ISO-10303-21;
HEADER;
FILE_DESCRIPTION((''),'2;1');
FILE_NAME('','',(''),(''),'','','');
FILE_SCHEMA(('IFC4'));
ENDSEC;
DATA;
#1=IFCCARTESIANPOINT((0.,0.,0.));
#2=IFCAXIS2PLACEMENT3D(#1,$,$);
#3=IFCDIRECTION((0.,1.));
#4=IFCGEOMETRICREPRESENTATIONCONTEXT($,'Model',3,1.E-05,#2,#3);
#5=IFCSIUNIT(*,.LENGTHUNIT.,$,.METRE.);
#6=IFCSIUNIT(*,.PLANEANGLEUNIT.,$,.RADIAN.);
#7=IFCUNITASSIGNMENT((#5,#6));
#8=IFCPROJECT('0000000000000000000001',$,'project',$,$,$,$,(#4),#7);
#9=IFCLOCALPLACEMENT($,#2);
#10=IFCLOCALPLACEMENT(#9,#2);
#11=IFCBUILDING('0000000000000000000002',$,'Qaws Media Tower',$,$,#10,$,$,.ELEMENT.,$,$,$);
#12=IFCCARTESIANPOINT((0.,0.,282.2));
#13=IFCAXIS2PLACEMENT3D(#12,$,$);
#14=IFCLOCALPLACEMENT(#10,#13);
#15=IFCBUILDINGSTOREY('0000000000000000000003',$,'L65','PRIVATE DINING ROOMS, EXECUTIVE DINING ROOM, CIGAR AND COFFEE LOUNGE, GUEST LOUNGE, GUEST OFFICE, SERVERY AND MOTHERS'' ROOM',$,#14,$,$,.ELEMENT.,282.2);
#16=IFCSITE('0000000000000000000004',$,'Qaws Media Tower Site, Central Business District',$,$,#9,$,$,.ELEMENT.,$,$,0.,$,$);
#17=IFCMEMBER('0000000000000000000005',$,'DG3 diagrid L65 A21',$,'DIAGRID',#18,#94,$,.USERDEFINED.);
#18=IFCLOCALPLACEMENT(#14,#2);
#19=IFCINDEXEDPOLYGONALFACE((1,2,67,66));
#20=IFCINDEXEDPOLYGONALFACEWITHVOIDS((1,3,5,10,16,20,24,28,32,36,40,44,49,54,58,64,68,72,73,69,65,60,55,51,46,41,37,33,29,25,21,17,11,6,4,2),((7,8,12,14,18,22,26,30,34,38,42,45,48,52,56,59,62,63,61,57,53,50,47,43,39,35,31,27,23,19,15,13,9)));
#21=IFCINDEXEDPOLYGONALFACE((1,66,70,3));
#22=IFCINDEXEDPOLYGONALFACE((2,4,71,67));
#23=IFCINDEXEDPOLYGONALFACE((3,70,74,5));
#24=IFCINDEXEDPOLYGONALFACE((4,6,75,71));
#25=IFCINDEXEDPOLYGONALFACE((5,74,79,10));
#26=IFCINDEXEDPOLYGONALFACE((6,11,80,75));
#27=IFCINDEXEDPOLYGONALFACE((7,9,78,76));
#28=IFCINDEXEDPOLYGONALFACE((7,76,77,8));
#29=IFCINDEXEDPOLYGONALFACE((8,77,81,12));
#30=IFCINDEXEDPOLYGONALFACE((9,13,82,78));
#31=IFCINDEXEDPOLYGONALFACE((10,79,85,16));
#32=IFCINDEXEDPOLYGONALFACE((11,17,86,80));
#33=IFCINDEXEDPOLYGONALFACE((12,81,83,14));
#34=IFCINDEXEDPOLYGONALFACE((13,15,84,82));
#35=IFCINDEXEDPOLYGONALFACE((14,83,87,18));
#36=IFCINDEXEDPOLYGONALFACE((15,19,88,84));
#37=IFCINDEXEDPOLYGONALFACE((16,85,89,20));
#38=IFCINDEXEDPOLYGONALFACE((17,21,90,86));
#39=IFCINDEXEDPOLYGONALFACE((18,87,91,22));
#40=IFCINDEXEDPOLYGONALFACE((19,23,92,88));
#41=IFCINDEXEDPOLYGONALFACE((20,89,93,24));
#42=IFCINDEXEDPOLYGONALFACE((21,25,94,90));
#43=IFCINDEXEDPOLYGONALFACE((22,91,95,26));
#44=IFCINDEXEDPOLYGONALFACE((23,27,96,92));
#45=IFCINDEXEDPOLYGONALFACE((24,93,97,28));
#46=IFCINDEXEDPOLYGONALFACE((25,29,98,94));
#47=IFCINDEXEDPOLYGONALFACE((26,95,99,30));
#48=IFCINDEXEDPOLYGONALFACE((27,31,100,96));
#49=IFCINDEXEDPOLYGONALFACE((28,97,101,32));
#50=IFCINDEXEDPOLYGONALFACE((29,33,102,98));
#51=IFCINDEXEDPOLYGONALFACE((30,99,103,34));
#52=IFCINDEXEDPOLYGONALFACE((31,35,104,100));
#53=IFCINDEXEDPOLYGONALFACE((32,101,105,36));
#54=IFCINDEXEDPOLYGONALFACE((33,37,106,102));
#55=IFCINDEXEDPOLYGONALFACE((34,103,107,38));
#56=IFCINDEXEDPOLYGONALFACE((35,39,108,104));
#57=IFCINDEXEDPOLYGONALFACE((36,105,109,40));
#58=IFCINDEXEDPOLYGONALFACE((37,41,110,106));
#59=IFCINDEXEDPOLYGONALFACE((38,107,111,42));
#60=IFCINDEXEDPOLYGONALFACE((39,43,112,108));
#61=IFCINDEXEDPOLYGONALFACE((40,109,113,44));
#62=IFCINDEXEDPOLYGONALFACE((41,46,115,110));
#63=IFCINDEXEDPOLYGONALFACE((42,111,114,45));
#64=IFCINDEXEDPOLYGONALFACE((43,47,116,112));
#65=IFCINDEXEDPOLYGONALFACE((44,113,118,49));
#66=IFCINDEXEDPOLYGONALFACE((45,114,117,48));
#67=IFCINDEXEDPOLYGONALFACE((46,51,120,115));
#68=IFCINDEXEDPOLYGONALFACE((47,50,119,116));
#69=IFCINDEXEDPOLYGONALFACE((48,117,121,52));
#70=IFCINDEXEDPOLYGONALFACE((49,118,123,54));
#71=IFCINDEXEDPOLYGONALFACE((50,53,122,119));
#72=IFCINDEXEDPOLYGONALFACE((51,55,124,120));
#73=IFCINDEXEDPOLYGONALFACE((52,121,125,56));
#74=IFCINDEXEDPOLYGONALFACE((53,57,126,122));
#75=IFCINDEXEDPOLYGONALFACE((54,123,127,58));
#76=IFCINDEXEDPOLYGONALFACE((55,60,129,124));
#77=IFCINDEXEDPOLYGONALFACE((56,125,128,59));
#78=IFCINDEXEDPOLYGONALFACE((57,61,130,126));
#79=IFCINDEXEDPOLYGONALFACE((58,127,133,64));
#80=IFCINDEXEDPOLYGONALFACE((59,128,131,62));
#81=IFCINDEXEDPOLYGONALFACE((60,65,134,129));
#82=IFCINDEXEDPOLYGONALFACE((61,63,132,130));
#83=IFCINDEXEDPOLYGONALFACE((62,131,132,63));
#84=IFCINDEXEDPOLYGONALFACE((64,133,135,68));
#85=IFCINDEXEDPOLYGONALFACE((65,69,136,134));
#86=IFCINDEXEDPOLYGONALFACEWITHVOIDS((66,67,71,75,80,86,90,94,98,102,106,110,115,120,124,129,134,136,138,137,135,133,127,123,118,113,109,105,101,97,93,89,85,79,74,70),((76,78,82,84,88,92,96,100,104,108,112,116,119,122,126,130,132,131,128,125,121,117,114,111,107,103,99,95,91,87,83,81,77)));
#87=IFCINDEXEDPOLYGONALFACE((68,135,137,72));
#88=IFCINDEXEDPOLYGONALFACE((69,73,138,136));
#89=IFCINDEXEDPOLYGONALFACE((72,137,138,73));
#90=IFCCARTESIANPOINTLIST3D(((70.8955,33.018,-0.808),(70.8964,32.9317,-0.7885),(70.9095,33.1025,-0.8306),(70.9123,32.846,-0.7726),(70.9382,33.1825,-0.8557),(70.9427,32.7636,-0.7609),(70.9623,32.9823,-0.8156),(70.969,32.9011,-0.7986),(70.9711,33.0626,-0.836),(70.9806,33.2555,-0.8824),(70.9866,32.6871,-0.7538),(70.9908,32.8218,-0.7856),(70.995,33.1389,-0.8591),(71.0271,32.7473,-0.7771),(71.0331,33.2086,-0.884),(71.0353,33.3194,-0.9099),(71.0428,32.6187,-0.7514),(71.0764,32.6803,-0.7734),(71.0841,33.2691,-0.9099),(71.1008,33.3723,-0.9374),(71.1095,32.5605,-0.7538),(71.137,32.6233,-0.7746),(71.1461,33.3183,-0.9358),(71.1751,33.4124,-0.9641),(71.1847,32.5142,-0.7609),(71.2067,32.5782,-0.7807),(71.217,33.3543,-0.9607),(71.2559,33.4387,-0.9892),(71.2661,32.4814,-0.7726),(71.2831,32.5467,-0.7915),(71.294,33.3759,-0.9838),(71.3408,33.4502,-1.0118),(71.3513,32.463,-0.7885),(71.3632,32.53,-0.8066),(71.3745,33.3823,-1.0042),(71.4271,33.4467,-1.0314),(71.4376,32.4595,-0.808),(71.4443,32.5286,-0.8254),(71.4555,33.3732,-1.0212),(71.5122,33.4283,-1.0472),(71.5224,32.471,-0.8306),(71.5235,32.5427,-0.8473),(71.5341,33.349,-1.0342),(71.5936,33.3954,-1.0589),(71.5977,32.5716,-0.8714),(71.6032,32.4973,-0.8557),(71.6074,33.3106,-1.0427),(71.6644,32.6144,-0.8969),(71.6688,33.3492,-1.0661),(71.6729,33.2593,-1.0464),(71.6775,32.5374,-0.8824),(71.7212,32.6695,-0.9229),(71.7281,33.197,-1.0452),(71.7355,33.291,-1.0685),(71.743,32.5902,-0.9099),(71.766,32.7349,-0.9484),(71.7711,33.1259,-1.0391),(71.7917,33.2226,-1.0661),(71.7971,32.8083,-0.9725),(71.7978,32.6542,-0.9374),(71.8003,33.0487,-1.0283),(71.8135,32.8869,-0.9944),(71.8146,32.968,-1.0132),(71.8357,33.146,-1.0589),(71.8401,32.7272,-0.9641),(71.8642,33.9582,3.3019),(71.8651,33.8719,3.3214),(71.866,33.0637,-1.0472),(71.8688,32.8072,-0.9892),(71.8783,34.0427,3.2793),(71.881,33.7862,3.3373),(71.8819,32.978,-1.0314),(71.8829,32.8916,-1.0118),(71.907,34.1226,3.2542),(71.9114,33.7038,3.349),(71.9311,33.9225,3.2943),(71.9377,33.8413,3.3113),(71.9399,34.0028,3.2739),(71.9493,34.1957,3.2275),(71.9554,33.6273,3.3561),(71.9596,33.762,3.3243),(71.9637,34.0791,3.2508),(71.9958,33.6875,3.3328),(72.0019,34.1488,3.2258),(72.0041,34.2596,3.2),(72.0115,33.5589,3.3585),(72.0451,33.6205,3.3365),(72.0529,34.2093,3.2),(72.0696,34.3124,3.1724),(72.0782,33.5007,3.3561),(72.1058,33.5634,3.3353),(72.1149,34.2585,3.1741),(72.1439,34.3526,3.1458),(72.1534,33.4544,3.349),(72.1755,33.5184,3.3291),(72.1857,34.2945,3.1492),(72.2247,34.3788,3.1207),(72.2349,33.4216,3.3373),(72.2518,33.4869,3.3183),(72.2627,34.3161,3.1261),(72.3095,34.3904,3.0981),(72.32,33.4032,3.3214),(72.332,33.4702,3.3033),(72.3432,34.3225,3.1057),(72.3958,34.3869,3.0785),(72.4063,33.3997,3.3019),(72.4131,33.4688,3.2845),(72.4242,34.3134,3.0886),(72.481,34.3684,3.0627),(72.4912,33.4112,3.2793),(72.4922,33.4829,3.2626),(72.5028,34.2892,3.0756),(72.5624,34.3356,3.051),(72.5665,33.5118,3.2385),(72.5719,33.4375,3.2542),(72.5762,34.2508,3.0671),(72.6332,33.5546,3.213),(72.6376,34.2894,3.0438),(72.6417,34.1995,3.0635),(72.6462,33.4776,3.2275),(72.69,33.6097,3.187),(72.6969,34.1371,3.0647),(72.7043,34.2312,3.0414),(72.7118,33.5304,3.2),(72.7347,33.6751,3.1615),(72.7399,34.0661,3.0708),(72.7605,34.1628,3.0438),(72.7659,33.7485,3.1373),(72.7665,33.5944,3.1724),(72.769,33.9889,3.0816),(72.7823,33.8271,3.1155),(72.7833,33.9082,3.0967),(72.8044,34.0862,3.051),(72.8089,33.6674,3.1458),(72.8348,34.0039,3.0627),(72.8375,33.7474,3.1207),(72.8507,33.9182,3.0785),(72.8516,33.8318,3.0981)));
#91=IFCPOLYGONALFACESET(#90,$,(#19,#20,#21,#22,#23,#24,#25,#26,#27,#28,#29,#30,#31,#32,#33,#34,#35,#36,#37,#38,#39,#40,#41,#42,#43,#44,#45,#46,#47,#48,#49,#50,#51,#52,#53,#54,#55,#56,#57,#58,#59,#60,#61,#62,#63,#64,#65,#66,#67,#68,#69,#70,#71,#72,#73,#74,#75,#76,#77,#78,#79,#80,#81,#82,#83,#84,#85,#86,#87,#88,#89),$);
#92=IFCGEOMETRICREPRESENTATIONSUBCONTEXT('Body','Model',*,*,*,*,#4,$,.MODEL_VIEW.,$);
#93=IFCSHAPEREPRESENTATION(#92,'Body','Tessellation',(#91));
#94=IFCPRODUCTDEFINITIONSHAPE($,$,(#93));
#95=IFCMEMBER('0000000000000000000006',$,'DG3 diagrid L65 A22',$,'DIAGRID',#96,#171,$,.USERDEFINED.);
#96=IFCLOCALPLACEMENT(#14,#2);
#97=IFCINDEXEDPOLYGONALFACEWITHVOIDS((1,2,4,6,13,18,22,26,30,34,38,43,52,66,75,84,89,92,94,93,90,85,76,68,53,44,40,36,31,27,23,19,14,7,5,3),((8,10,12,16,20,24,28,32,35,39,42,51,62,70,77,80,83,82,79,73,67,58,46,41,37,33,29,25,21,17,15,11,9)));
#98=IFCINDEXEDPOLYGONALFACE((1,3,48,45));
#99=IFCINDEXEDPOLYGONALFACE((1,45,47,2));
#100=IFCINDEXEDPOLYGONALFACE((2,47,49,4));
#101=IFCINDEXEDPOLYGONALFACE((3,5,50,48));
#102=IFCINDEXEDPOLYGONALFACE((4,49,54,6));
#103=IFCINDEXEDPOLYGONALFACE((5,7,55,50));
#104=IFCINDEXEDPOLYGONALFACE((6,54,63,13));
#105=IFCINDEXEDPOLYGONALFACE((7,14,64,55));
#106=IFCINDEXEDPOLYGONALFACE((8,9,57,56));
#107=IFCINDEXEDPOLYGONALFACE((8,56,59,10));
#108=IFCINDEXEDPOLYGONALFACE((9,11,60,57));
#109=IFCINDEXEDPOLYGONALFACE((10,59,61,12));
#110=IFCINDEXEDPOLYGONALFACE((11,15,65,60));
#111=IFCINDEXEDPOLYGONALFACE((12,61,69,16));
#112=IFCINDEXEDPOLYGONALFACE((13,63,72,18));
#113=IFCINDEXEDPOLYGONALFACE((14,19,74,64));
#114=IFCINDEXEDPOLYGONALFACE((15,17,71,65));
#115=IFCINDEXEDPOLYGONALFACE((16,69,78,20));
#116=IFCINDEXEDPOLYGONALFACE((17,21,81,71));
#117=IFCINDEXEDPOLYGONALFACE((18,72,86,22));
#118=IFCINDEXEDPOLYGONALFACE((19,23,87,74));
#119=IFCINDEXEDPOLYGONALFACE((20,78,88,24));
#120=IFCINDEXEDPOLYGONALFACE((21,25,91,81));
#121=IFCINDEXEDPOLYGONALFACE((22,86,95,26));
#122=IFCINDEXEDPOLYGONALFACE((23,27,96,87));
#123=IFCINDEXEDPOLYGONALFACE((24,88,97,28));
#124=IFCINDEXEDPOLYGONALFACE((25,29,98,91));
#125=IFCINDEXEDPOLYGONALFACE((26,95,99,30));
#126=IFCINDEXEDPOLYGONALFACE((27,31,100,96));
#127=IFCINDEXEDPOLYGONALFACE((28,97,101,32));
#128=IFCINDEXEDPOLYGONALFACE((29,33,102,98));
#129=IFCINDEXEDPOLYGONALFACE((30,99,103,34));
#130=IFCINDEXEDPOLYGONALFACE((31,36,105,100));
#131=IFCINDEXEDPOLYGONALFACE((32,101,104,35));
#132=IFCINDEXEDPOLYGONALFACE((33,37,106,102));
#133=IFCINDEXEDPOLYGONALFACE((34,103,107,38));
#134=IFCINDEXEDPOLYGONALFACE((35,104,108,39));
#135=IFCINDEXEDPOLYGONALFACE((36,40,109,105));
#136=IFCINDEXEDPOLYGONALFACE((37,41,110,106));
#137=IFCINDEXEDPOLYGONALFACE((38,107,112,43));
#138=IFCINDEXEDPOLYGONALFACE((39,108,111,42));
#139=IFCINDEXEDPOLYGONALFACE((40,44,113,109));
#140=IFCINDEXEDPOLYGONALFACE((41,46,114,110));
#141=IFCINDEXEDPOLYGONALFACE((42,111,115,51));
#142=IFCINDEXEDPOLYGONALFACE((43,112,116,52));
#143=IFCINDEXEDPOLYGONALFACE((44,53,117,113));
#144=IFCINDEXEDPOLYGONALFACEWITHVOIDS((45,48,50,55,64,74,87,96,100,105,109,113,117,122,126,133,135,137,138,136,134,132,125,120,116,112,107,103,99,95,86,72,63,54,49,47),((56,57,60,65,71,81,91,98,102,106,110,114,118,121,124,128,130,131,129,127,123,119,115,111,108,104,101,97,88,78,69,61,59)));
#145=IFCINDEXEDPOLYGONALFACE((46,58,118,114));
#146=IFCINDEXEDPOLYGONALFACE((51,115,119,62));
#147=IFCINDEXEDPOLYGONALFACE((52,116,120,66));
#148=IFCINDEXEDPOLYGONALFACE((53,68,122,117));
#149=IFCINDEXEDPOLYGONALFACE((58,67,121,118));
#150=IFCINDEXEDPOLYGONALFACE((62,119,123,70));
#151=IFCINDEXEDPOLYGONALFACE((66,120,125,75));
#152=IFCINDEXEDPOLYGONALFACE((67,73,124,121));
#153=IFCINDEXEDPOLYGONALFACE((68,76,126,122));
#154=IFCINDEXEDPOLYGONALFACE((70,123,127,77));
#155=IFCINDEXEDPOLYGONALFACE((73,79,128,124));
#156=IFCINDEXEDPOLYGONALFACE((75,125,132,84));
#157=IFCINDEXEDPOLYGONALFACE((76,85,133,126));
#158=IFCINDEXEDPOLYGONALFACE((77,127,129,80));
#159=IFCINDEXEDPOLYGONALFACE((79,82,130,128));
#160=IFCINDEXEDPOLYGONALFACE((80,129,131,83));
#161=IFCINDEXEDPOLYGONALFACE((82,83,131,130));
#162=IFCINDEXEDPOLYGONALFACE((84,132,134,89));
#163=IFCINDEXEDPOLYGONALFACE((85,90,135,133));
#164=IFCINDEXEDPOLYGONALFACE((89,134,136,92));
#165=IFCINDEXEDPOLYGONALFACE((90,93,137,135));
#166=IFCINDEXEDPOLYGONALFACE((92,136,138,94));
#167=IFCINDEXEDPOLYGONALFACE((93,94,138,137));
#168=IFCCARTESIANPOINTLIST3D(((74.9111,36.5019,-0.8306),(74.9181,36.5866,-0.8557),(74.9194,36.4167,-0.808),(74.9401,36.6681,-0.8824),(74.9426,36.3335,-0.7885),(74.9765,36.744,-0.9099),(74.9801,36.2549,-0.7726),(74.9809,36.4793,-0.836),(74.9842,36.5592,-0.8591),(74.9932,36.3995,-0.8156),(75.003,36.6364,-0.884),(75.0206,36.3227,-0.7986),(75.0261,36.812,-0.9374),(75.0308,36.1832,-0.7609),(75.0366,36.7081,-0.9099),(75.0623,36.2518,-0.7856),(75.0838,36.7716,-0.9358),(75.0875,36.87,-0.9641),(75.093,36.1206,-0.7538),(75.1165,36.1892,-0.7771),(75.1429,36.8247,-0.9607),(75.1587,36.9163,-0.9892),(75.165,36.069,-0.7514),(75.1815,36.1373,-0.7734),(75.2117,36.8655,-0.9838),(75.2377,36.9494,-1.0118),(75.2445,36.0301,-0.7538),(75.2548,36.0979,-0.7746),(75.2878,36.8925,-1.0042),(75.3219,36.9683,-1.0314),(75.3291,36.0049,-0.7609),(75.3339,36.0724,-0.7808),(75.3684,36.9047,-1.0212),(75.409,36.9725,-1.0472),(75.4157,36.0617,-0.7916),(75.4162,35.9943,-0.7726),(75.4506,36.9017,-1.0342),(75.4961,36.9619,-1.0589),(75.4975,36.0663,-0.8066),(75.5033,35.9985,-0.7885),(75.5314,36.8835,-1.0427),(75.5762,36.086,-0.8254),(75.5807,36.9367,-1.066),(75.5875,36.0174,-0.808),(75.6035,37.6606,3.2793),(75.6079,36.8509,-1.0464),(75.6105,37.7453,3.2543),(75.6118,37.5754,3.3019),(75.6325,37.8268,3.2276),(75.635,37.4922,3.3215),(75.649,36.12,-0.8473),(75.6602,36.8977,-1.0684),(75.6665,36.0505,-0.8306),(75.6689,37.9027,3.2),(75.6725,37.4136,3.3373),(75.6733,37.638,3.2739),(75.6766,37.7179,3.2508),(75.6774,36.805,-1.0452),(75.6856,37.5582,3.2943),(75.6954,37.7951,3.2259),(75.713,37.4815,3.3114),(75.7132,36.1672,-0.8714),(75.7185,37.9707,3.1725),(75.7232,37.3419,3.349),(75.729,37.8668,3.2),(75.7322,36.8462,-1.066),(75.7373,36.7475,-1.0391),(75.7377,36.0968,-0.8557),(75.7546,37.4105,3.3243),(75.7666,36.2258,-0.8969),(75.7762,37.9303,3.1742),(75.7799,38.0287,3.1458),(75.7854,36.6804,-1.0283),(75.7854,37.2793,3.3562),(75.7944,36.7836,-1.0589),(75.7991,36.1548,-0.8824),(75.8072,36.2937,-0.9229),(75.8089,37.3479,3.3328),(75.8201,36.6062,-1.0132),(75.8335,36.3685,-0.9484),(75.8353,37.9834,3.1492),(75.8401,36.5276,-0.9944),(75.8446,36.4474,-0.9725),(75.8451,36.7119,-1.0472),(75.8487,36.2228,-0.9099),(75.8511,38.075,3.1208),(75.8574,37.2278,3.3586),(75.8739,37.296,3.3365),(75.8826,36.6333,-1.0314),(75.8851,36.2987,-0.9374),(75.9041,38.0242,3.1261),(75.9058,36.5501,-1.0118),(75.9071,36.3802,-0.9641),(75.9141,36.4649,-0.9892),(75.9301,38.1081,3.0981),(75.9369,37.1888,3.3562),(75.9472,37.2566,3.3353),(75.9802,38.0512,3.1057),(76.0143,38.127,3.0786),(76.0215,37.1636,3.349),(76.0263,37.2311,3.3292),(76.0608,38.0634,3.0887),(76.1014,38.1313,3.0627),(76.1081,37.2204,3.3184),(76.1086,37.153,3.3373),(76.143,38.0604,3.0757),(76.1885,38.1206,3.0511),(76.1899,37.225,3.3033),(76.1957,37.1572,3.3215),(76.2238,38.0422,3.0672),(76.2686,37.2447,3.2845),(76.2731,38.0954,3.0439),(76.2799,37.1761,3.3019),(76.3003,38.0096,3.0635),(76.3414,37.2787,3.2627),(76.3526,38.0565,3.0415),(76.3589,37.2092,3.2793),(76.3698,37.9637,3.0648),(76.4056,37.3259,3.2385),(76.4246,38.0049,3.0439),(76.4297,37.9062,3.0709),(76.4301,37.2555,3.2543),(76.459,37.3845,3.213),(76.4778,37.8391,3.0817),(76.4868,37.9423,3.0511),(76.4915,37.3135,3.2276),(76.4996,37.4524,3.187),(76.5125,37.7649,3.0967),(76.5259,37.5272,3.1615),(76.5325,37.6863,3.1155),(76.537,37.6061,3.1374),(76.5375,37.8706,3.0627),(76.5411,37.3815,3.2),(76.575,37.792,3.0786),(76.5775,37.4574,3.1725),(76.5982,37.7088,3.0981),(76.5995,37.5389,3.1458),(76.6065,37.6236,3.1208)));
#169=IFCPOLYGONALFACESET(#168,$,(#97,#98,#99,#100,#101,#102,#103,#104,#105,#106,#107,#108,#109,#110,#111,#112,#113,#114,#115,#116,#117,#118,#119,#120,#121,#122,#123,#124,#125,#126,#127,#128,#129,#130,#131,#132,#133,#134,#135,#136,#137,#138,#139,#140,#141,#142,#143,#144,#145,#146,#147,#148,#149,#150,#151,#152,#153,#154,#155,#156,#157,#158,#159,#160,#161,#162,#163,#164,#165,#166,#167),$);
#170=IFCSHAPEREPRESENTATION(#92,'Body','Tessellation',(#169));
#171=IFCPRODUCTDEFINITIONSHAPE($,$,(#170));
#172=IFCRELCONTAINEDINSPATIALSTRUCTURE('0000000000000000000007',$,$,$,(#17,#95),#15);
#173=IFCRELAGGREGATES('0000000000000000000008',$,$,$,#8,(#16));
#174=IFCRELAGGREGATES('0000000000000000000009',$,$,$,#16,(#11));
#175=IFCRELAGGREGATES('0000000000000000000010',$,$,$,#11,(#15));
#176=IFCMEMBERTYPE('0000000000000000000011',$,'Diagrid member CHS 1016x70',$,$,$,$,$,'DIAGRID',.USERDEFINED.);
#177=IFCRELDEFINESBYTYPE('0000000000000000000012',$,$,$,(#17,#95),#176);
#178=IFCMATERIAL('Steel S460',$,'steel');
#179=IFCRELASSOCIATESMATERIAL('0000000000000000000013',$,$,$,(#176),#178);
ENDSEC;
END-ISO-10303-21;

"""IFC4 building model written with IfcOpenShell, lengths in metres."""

from ifc_helpers import new_model, si_unit, direction, frame, origin, origin_2d, place, context, subcontext, project, spatial, hollow_circle, extrude, material, material_profile, profile_set, type_object, element, save


model = new_model("IFC4")

# Units and contexts
model_context = context("Model", 3, precision=1e-05, world=origin(), true_north=direction((0.0, 1.0)))
body_context = subcontext(model_context, "Body", "Model", "MODEL_VIEW")
ifc_project = project(units=[si_unit("LENGTHUNIT", "METRE"), si_unit("PLANEANGLEUNIT", "RADIAN")], contexts=[model_context])

# Site, building, storey
site_placement = place(None, origin())
site = spatial("IfcSite", under=ifc_project, at=site_placement, Name="Qaws Media Tower Site, Central Business District", CompositionType="ELEMENT", RefElevation=0.0)
building_placement = place(site_placement, origin())
building = spatial("IfcBuilding", under=site, at=building_placement, Name="Qaws Media Tower", CompositionType="ELEMENT")
storey_placement = place(building_placement, frame((0.0, 0.0, 282.2)))
storey = spatial("IfcBuildingStorey", under=building, at=storey_placement, Name="L65", Description="PRIVATE DINING ROOMS, EXECUTIVE DINING ROOM, CIGAR AND COFFEE LOUNGE, GUEST LOUNGE, GUEST OFFICE, SERVERY AND MOTHERS' ROOM", CompositionType="ELEMENT", Elevation=282.2)

# Members
ifc_material_1 = material(Name="Steel S460", Category="steel")
ifc_material_profile_1 = material_profile(ifc_material_1, hollow_circle(Radius=0.5081, WallThickness=0.0701, at=origin_2d()), Name="CHS 1016x70")
ifc_profile_set_1 = profile_set([ifc_material_profile_1], Name="Steel S460")
member_type_1 = type_object("IfcMemberType", Name="Diagrid member CHS 1016x70", ElementType="DIAGRID", PredefinedType="USERDEFINED", material=ifc_profile_set_1)
for number, where, z_axis, x_axis, name in (
    (1, (71.3892, 32.9548, -0.9099), (0.223942, 0.217339, 0.95006), (-0.696448, 0.717607, 0.0), "DG3 diagrid L65 A21"),
    (2, (75.4126, 36.4834, -0.9099), (0.160057, 0.267853, 0.950072), (-0.858417, 0.512952, 0.0), "DG3 diagrid L65 A22"),
):
    element("IfcMember", number, at=place(storey_placement, frame(where, z_axis=z_axis, x_axis=x_axis)), inside=storey, type_object=member_type_1, Name=name, ObjectType="DIAGRID", PredefinedType="USERDEFINED", context=body_context, shape_type="SweptSolid", body=[
        extrude(hollow_circle(Radius=0.5081, WallThickness=0.0701, at=origin_2d()), origin(), (0.0, 0.0, 1.0), 4.3259),
    ])

save(model, "model.ifc")
